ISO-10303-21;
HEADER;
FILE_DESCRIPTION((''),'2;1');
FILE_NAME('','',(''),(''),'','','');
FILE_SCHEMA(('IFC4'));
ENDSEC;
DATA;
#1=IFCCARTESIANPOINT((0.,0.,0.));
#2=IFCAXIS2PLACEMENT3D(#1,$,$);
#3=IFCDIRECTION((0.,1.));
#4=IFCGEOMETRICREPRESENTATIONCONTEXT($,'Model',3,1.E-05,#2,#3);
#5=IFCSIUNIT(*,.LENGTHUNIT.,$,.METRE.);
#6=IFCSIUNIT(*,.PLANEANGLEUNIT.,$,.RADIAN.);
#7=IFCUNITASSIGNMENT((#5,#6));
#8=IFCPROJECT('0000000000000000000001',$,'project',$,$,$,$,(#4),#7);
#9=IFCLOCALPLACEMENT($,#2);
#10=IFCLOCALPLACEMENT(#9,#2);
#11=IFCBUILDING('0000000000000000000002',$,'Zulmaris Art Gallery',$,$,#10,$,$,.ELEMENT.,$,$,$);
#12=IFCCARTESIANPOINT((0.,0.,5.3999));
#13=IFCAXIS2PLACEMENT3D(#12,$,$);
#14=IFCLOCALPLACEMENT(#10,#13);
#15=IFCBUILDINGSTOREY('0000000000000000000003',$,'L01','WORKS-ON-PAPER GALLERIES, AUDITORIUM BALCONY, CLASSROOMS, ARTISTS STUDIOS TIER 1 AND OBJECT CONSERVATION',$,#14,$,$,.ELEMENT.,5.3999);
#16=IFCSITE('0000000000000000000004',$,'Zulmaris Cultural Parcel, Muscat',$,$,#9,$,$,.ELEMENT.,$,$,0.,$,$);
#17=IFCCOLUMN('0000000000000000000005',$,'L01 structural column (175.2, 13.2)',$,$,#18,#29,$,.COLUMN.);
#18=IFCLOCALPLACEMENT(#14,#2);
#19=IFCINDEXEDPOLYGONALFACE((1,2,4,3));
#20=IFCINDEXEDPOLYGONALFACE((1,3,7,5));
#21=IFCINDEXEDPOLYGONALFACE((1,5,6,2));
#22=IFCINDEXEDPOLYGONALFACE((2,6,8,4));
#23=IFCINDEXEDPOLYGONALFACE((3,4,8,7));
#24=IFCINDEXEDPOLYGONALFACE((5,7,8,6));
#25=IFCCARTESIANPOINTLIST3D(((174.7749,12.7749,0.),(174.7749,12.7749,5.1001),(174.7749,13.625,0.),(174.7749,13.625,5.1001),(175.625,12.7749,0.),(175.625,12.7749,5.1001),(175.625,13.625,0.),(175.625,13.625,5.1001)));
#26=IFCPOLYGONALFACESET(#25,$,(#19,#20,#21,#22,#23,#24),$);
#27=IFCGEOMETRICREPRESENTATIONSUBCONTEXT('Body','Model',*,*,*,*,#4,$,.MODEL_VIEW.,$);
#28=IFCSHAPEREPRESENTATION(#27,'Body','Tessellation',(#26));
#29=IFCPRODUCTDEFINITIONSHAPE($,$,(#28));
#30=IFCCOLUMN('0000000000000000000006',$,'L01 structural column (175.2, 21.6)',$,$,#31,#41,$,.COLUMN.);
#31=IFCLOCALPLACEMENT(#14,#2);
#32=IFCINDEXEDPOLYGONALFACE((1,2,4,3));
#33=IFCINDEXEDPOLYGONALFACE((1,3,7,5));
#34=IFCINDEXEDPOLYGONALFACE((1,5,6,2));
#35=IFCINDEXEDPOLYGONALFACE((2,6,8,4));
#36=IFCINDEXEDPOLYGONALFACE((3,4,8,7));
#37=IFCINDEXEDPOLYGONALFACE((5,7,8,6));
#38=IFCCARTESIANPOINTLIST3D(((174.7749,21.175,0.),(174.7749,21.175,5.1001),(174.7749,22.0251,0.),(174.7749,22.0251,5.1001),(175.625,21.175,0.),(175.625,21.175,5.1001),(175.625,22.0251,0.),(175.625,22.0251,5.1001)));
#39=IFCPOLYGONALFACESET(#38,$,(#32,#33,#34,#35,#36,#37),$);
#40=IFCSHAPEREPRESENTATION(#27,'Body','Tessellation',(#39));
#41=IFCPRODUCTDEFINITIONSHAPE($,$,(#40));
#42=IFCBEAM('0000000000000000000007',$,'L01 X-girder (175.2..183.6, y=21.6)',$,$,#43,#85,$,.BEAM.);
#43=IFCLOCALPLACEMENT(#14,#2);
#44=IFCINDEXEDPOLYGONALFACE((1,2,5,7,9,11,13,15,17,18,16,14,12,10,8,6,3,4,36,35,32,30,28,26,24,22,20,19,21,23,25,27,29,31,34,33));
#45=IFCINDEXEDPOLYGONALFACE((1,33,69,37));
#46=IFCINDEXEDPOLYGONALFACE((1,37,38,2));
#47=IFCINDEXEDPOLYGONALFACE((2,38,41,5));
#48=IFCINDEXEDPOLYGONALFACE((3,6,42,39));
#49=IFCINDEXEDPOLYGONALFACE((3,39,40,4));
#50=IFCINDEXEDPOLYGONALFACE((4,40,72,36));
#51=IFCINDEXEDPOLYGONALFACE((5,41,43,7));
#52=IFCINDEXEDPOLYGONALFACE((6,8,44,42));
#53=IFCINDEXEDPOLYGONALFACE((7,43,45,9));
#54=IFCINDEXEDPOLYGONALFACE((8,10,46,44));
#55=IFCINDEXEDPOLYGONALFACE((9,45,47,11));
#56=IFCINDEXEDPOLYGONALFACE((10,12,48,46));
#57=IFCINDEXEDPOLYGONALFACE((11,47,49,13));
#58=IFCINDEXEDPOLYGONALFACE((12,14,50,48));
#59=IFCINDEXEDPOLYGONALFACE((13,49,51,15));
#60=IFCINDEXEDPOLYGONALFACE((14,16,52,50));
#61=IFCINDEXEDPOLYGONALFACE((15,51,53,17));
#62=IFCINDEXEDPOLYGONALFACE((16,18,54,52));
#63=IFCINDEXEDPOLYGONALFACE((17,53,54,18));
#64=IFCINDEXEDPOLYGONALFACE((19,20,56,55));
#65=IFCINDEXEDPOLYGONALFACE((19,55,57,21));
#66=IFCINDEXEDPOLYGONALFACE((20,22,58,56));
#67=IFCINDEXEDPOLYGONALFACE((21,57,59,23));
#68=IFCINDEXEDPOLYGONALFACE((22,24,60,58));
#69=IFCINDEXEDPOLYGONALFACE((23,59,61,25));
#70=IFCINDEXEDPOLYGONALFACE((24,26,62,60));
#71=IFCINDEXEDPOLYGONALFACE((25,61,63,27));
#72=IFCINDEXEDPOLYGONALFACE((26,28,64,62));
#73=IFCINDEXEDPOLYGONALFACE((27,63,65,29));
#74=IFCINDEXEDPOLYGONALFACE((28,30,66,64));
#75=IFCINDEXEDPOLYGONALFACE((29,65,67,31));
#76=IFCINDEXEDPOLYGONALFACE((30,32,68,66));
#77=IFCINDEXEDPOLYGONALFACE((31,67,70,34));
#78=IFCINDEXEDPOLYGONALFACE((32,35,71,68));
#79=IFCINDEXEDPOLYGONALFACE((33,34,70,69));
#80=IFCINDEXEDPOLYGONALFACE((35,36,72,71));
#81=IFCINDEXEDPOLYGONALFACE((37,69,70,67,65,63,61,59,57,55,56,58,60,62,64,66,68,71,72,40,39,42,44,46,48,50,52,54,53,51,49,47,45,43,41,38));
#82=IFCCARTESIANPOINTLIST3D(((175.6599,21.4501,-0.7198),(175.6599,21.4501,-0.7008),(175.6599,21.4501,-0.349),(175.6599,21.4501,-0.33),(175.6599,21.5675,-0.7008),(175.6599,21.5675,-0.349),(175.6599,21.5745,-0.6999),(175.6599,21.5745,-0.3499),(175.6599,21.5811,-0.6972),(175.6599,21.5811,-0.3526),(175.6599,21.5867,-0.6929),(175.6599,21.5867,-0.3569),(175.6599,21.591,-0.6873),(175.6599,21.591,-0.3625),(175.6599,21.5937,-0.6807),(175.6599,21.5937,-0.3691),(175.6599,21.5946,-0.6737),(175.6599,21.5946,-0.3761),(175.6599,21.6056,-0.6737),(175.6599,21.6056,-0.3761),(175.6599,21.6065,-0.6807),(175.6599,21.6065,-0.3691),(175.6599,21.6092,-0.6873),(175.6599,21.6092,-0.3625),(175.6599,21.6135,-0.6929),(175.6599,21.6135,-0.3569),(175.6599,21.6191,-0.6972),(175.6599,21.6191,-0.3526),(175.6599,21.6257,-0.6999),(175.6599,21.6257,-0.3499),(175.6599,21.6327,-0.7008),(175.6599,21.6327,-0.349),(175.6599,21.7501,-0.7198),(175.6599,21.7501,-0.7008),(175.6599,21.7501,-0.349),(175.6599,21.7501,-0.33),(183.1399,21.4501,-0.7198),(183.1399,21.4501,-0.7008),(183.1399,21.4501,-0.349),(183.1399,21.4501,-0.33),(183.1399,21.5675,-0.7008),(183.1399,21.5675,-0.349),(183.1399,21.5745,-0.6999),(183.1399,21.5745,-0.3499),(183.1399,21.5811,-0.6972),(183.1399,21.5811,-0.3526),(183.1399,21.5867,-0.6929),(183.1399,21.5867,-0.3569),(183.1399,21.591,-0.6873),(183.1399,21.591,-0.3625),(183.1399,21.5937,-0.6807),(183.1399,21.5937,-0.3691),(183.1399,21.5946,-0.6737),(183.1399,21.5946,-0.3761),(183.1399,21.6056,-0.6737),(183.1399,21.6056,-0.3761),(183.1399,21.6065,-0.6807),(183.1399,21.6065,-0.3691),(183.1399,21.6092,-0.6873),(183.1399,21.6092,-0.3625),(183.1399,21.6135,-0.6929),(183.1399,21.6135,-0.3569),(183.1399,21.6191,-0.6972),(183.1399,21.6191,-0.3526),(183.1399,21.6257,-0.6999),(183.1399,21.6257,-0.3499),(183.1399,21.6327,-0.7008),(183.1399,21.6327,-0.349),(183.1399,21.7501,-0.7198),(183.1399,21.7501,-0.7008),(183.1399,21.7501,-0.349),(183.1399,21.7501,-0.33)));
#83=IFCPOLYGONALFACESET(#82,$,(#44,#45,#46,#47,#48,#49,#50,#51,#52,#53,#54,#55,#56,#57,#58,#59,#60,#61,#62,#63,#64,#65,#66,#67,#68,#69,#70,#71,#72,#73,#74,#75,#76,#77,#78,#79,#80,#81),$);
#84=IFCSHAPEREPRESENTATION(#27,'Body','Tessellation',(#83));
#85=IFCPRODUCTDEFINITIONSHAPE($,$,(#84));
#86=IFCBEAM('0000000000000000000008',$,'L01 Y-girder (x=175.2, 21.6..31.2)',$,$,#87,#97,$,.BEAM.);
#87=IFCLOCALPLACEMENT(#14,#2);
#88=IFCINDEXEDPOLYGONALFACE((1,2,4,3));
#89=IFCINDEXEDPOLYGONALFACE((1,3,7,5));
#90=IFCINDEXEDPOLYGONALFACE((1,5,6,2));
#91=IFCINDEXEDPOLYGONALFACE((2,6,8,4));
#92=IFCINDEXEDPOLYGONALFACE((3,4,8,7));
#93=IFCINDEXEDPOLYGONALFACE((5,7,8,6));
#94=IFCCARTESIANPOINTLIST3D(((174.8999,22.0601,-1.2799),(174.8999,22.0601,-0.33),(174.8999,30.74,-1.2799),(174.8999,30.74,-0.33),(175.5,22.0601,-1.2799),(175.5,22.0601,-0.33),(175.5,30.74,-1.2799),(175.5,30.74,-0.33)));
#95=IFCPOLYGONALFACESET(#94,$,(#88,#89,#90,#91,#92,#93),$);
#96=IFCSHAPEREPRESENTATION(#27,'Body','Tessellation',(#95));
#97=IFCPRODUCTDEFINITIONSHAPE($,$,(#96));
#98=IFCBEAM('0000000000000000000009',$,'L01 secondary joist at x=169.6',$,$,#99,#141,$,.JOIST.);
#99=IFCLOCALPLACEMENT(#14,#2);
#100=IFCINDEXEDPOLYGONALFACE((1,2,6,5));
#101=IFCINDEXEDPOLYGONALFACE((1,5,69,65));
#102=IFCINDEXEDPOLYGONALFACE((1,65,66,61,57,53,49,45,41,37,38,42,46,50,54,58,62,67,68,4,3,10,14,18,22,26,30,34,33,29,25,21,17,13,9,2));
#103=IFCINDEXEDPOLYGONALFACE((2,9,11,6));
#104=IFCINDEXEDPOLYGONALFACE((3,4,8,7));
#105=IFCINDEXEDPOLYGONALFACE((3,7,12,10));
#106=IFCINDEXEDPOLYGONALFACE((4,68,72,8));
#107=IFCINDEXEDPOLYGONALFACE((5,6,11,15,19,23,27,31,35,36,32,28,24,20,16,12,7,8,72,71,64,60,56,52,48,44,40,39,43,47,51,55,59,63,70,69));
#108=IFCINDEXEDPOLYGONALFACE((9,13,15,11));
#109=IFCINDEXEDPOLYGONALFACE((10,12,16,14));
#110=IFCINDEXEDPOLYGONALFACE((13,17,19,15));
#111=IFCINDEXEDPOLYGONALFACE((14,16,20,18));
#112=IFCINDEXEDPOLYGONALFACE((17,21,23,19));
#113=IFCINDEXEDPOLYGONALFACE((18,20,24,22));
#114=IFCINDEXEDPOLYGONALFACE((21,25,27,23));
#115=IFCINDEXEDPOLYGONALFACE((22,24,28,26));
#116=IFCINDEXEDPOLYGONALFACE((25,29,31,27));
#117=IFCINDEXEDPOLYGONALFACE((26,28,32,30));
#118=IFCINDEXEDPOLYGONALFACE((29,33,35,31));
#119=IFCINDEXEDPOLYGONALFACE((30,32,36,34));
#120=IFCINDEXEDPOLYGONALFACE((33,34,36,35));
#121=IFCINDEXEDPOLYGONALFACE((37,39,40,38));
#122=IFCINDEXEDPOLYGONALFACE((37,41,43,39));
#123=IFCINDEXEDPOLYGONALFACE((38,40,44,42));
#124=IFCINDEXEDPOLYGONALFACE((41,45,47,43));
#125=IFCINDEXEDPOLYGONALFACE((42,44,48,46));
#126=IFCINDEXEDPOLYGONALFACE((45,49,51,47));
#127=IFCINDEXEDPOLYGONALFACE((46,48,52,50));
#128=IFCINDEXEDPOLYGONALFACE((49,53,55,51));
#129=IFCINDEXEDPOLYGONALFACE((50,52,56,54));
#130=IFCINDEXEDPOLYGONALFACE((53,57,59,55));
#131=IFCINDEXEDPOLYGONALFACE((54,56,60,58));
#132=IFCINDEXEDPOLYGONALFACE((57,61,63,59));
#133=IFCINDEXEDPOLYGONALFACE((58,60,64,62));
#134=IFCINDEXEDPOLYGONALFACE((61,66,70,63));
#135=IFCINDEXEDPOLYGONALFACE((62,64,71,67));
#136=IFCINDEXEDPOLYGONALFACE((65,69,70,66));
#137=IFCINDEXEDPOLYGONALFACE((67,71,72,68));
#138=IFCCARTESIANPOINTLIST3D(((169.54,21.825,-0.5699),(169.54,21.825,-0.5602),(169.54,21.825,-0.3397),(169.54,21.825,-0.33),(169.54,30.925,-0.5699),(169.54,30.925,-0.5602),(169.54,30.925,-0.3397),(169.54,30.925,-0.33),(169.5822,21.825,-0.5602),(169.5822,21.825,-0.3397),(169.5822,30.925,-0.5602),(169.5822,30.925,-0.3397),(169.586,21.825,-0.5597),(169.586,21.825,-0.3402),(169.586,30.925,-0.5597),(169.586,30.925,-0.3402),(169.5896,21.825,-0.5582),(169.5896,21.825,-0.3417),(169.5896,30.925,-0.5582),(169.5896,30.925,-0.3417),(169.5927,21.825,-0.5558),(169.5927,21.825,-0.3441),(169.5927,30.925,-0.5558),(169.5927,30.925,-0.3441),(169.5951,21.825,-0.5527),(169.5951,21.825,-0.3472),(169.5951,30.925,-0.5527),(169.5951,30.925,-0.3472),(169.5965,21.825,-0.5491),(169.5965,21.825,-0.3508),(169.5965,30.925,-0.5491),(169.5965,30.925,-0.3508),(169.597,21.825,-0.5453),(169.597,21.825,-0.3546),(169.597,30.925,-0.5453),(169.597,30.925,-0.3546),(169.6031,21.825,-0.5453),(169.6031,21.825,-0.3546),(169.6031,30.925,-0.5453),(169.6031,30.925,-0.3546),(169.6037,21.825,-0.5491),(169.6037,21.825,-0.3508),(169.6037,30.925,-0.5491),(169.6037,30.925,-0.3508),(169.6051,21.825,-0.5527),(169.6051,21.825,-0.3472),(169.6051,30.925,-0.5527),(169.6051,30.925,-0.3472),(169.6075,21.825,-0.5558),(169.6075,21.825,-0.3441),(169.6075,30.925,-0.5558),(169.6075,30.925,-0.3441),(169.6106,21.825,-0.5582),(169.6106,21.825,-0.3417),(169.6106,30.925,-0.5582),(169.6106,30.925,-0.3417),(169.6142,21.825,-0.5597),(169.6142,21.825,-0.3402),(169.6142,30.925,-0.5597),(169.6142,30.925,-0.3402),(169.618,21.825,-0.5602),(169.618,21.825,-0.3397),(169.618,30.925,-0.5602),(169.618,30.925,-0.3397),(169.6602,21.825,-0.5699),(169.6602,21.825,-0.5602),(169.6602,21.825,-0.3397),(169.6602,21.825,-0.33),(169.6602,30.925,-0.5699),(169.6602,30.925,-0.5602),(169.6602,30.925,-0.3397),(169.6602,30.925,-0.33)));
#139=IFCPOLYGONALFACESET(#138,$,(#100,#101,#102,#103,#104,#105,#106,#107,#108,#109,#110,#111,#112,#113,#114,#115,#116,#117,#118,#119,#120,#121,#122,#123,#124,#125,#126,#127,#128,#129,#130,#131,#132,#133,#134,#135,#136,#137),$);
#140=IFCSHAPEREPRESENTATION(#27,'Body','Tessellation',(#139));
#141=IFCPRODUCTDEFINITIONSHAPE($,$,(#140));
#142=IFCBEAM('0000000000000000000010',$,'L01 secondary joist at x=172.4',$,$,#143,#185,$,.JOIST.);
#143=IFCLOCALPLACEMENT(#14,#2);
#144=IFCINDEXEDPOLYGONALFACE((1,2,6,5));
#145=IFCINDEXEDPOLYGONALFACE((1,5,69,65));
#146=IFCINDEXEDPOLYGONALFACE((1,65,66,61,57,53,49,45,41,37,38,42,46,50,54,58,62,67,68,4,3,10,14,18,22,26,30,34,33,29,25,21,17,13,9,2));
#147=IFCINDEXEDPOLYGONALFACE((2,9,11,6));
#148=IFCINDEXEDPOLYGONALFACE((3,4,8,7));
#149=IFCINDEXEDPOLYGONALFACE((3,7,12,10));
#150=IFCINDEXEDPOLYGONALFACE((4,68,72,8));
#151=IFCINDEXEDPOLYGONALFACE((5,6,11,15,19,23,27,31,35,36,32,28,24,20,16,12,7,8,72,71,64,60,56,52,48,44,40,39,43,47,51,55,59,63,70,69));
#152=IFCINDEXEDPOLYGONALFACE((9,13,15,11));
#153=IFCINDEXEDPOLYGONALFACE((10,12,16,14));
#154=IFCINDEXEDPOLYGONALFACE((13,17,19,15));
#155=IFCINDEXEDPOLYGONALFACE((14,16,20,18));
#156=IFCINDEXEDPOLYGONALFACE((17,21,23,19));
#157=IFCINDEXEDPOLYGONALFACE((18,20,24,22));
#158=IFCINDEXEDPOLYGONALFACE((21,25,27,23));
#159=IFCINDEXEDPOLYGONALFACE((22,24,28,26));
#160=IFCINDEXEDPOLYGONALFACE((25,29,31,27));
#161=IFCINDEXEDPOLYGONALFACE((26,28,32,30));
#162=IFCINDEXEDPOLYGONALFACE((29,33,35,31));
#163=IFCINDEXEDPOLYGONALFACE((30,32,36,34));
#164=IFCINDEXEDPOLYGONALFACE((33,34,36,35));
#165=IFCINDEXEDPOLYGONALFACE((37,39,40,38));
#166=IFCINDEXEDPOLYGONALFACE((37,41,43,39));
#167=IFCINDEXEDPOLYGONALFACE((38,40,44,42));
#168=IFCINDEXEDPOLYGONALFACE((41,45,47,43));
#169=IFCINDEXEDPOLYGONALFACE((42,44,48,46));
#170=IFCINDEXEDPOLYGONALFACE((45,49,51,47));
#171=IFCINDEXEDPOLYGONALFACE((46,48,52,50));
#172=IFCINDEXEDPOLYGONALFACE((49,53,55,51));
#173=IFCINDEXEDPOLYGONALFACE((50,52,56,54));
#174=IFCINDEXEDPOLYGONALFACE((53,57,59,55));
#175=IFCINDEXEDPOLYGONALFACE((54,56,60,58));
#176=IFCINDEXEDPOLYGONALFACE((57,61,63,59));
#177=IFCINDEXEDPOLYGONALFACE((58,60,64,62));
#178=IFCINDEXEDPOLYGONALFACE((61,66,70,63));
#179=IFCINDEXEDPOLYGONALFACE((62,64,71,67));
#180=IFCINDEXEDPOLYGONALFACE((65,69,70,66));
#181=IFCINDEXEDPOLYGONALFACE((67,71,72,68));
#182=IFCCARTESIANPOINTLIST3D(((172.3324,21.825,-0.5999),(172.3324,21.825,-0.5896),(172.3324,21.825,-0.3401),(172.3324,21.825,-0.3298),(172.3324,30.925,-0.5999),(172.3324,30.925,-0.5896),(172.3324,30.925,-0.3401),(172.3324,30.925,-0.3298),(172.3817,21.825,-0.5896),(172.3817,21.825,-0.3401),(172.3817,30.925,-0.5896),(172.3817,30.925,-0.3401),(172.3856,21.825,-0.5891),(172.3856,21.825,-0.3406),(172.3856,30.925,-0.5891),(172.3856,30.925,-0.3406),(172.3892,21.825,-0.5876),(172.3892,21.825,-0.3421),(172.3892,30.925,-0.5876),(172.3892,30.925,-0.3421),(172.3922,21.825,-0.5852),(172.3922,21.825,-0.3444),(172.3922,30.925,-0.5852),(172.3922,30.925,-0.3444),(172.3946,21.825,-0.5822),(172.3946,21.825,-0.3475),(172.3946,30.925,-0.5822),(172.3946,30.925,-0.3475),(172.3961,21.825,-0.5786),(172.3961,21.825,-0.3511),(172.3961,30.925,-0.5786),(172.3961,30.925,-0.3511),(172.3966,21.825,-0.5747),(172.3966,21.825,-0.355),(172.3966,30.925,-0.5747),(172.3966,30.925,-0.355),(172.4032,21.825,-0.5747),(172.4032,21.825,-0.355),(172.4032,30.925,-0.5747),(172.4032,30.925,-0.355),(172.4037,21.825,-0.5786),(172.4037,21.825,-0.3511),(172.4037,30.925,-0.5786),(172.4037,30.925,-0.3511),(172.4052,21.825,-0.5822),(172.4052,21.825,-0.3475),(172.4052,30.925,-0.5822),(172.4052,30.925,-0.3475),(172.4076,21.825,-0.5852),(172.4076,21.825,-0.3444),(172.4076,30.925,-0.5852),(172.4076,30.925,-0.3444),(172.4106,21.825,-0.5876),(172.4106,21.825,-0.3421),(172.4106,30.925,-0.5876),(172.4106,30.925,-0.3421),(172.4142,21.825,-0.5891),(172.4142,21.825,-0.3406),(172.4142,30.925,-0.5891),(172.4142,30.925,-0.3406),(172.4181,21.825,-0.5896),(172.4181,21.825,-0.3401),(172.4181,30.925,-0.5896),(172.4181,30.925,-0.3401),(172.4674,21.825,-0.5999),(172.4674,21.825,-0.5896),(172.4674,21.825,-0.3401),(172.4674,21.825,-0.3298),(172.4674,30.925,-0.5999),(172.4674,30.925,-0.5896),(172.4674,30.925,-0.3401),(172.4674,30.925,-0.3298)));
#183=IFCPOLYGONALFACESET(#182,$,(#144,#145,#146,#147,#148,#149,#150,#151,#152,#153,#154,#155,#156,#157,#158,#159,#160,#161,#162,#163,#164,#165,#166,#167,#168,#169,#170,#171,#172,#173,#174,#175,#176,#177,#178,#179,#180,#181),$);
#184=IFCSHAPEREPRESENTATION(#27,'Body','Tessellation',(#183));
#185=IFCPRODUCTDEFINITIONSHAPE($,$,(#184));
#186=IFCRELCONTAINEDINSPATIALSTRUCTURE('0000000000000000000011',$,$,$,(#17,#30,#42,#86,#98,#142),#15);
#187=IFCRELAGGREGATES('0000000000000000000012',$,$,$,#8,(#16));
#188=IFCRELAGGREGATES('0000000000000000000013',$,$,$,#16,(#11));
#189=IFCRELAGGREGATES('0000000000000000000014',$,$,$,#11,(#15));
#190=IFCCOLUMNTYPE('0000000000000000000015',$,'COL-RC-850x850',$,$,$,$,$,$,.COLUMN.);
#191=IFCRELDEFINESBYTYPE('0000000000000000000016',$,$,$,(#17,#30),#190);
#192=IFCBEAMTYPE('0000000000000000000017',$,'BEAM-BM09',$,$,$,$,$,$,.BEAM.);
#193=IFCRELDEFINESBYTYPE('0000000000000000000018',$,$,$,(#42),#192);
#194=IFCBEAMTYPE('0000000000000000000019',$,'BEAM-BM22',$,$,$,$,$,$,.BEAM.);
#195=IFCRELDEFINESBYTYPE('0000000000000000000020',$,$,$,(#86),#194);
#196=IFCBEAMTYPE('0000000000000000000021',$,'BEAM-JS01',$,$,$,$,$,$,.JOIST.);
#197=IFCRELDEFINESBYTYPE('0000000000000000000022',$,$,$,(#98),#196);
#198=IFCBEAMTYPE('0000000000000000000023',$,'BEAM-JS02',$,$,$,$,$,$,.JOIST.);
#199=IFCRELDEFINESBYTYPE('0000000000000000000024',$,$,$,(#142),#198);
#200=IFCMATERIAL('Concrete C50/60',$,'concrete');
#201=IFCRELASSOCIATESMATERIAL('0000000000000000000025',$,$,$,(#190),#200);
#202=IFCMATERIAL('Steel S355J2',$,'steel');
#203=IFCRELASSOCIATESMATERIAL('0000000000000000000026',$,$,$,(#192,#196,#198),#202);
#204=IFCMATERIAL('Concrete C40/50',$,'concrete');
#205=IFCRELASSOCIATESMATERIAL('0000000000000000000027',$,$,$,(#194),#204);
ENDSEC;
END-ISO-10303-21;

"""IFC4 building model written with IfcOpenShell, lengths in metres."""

from ifc_helpers import new_model, si_unit, direction, frame, origin, origin_2d, place, context, subcontext, project, spatial, rectangle, i_section, extrude, material, material_profile, profile_set, type_object, element, save


model = new_model("IFC4")

# Units and contexts
model_context = context("Model", 3, precision=1e-05, world=origin(), true_north=direction((0.0, 1.0)))
body_context = subcontext(model_context, "Body", "Model", "MODEL_VIEW")
ifc_project = project(units=[si_unit("LENGTHUNIT", "METRE"), si_unit("PLANEANGLEUNIT", "RADIAN")], contexts=[model_context])

# Site, building, storey
site_placement = place(None, origin())
site = spatial("IfcSite", under=ifc_project, at=site_placement, Name="Zulmaris Cultural Parcel, Muscat", CompositionType="ELEMENT", RefElevation=0.0)
building_placement = place(site_placement, origin())
building = spatial("IfcBuilding", under=site, at=building_placement, Name="Zulmaris Art Gallery", CompositionType="ELEMENT")
storey_placement = place(building_placement, frame((0.0, 0.0, 5.3999)))
storey = spatial("IfcBuildingStorey", under=building, at=storey_placement, Name="L01", Description="WORKS-ON-PAPER GALLERIES, AUDITORIUM BALCONY, CLASSROOMS, ARTISTS STUDIOS TIER 1 AND OBJECT CONSERVATION", CompositionType="ELEMENT", Elevation=5.3999)

# Columns
ifc_material_1 = material(Name="Concrete C50/60", Category="concrete")
ifc_material_profile_1 = material_profile(ifc_material_1, rectangle(XDim=0.8501, YDim=0.8501, at=origin_2d()), Name="RC 850x850")
ifc_profile_set_1 = profile_set([ifc_material_profile_1], Name="Concrete C50/60")
column_type = type_object("IfcColumnType", Name="COL-RC-850x850", PredefinedType="COLUMN", material=ifc_profile_set_1)
for number, where, z_axis, x_axis, name in (
    (1, (175.2, 13.2, 0.0), (0.0, 0.0, 1.0), (1.0, 0.0, 0.0), "L01 structural column (175.2, 13.2)"),
    (2, (175.2, 21.6001, 0.0), (0.0, 0.0, 1.0), (1.0, 0.0, 0.0), "L01 structural column (175.2, 21.6)"),
):
    element("IfcColumn", number, at=place(storey_placement, frame(where, z_axis=z_axis, x_axis=x_axis)), inside=storey, type_object=column_type, Name=name, PredefinedType="COLUMN", context=body_context, shape_type="SweptSolid", body=[
        extrude(rectangle(XDim=0.8501, YDim=0.8501, at=origin_2d()), origin(), (0.0, 0.0, 1.0), 5.1001),
    ])

# Beams
ifc_material_2 = material(Name="Steel S355J2", Category="steel")
ifc_material_profile_2 = material_profile(ifc_material_2, i_section(OverallWidth=0.3, OverallDepth=0.3899, WebThickness=0.011, FlangeThickness=0.019, FilletRadius=0.0271, at=origin_2d()), Name="HEA 400")
ifc_profile_set_2 = profile_set([ifc_material_profile_2], Name="Steel S355J2")
beam_type_1 = type_object("IfcBeamType", Name="BEAM-BM09", PredefinedType="BEAM", material=ifc_profile_set_2)
beam_1_placement = place(storey_placement, frame((175.6599, 21.6001, -0.5249), z_axis=(1.0, 0.0, 0.0), x_axis=(0.0, 1.0, 0.0)))
element("IfcBeam", 3, at=beam_1_placement, inside=storey, type_object=beam_type_1, Name="L01 X-girder (175.2..183.6, y=21.6)", PredefinedType="BEAM", context=body_context, shape_type="SweptSolid", body=[
    extrude(i_section(OverallWidth=0.3, OverallDepth=0.3899, WebThickness=0.011, FlangeThickness=0.019, FilletRadius=0.0271, at=origin_2d()), origin(), (0.0, 0.0, 1.0), 7.48),
])
ifc_material_3 = material(Name="Concrete C40/50", Category="concrete")
ifc_material_profile_3 = material_profile(ifc_material_3, rectangle(XDim=0.6001, YDim=0.95, at=origin_2d()), Name="RC 600x950")
ifc_profile_set_3 = profile_set([ifc_material_profile_3], Name="Concrete C40/50")
beam_type_2 = type_object("IfcBeamType", Name="BEAM-BM22", PredefinedType="BEAM", material=ifc_profile_set_3)
beam_2_placement = place(storey_placement, frame((175.2, 22.0601, -0.8049), z_axis=(0.0, 1.0, 0.0), x_axis=(-1.0, 0.0, 0.0)))
element("IfcBeam", 4, at=beam_2_placement, inside=storey, type_object=beam_type_2, Name="L01 Y-girder (x=175.2, 21.6..31.2)", PredefinedType="BEAM", context=body_context, shape_type="SweptSolid", body=[
    extrude(rectangle(XDim=0.6001, YDim=0.95, at=origin_2d()), origin(), (0.0, 0.0, 1.0), 8.6799),
])
ifc_material_profile_4 = material_profile(ifc_material_2, i_section(OverallWidth=0.1201, OverallDepth=0.24, WebThickness=0.0061, FlangeThickness=0.0098, FilletRadius=0.0149, at=origin_2d()), Name="IPE 240")
ifc_profile_set_4 = profile_set([ifc_material_profile_4], Name="Steel S355J2")
beam_type_3 = type_object("IfcBeamType", Name="BEAM-JS01", PredefinedType="JOIST", material=ifc_profile_set_4)
beam_3_placement = place(storey_placement, frame((169.6001, 21.825, -0.45), z_axis=(0.0, 1.0, 0.0), x_axis=(-1.0, 0.0, 0.0)))
element("IfcBeam", 5, at=beam_3_placement, inside=storey, type_object=beam_type_3, Name="L01 secondary joist at x=169.6", PredefinedType="JOIST", context=body_context, shape_type="SweptSolid", body=[
    extrude(i_section(OverallWidth=0.1201, OverallDepth=0.24, WebThickness=0.0061, FlangeThickness=0.0098, FilletRadius=0.0149, at=origin_2d()), origin(), (0.0, 0.0, 1.0), 9.1001),
])
ifc_material_profile_5 = material_profile(ifc_material_2, i_section(OverallWidth=0.135, OverallDepth=0.27, WebThickness=0.0066, FlangeThickness=0.0103, FilletRadius=0.0149, at=origin_2d()), Name="IPE 270")
ifc_profile_set_5 = profile_set([ifc_material_profile_5], Name="Steel S355J2")
beam_type_4 = type_object("IfcBeamType", Name="BEAM-JS02", PredefinedType="JOIST", material=ifc_profile_set_5)
beam_4_placement = place(storey_placement, frame((172.3999, 21.825, -0.4648), z_axis=(0.0, 1.0, 0.0), x_axis=(-1.0, 0.0, 0.0)))
element("IfcBeam", 6, at=beam_4_placement, inside=storey, type_object=beam_type_4, Name="L01 secondary joist at x=172.4", PredefinedType="JOIST", context=body_context, shape_type="SweptSolid", body=[
    extrude(i_section(OverallWidth=0.135, OverallDepth=0.27, WebThickness=0.0066, FlangeThickness=0.0103, FilletRadius=0.0149, at=origin_2d()), origin(), (0.0, 0.0, 1.0), 9.1001),
])

save(model, "model.ifc")
